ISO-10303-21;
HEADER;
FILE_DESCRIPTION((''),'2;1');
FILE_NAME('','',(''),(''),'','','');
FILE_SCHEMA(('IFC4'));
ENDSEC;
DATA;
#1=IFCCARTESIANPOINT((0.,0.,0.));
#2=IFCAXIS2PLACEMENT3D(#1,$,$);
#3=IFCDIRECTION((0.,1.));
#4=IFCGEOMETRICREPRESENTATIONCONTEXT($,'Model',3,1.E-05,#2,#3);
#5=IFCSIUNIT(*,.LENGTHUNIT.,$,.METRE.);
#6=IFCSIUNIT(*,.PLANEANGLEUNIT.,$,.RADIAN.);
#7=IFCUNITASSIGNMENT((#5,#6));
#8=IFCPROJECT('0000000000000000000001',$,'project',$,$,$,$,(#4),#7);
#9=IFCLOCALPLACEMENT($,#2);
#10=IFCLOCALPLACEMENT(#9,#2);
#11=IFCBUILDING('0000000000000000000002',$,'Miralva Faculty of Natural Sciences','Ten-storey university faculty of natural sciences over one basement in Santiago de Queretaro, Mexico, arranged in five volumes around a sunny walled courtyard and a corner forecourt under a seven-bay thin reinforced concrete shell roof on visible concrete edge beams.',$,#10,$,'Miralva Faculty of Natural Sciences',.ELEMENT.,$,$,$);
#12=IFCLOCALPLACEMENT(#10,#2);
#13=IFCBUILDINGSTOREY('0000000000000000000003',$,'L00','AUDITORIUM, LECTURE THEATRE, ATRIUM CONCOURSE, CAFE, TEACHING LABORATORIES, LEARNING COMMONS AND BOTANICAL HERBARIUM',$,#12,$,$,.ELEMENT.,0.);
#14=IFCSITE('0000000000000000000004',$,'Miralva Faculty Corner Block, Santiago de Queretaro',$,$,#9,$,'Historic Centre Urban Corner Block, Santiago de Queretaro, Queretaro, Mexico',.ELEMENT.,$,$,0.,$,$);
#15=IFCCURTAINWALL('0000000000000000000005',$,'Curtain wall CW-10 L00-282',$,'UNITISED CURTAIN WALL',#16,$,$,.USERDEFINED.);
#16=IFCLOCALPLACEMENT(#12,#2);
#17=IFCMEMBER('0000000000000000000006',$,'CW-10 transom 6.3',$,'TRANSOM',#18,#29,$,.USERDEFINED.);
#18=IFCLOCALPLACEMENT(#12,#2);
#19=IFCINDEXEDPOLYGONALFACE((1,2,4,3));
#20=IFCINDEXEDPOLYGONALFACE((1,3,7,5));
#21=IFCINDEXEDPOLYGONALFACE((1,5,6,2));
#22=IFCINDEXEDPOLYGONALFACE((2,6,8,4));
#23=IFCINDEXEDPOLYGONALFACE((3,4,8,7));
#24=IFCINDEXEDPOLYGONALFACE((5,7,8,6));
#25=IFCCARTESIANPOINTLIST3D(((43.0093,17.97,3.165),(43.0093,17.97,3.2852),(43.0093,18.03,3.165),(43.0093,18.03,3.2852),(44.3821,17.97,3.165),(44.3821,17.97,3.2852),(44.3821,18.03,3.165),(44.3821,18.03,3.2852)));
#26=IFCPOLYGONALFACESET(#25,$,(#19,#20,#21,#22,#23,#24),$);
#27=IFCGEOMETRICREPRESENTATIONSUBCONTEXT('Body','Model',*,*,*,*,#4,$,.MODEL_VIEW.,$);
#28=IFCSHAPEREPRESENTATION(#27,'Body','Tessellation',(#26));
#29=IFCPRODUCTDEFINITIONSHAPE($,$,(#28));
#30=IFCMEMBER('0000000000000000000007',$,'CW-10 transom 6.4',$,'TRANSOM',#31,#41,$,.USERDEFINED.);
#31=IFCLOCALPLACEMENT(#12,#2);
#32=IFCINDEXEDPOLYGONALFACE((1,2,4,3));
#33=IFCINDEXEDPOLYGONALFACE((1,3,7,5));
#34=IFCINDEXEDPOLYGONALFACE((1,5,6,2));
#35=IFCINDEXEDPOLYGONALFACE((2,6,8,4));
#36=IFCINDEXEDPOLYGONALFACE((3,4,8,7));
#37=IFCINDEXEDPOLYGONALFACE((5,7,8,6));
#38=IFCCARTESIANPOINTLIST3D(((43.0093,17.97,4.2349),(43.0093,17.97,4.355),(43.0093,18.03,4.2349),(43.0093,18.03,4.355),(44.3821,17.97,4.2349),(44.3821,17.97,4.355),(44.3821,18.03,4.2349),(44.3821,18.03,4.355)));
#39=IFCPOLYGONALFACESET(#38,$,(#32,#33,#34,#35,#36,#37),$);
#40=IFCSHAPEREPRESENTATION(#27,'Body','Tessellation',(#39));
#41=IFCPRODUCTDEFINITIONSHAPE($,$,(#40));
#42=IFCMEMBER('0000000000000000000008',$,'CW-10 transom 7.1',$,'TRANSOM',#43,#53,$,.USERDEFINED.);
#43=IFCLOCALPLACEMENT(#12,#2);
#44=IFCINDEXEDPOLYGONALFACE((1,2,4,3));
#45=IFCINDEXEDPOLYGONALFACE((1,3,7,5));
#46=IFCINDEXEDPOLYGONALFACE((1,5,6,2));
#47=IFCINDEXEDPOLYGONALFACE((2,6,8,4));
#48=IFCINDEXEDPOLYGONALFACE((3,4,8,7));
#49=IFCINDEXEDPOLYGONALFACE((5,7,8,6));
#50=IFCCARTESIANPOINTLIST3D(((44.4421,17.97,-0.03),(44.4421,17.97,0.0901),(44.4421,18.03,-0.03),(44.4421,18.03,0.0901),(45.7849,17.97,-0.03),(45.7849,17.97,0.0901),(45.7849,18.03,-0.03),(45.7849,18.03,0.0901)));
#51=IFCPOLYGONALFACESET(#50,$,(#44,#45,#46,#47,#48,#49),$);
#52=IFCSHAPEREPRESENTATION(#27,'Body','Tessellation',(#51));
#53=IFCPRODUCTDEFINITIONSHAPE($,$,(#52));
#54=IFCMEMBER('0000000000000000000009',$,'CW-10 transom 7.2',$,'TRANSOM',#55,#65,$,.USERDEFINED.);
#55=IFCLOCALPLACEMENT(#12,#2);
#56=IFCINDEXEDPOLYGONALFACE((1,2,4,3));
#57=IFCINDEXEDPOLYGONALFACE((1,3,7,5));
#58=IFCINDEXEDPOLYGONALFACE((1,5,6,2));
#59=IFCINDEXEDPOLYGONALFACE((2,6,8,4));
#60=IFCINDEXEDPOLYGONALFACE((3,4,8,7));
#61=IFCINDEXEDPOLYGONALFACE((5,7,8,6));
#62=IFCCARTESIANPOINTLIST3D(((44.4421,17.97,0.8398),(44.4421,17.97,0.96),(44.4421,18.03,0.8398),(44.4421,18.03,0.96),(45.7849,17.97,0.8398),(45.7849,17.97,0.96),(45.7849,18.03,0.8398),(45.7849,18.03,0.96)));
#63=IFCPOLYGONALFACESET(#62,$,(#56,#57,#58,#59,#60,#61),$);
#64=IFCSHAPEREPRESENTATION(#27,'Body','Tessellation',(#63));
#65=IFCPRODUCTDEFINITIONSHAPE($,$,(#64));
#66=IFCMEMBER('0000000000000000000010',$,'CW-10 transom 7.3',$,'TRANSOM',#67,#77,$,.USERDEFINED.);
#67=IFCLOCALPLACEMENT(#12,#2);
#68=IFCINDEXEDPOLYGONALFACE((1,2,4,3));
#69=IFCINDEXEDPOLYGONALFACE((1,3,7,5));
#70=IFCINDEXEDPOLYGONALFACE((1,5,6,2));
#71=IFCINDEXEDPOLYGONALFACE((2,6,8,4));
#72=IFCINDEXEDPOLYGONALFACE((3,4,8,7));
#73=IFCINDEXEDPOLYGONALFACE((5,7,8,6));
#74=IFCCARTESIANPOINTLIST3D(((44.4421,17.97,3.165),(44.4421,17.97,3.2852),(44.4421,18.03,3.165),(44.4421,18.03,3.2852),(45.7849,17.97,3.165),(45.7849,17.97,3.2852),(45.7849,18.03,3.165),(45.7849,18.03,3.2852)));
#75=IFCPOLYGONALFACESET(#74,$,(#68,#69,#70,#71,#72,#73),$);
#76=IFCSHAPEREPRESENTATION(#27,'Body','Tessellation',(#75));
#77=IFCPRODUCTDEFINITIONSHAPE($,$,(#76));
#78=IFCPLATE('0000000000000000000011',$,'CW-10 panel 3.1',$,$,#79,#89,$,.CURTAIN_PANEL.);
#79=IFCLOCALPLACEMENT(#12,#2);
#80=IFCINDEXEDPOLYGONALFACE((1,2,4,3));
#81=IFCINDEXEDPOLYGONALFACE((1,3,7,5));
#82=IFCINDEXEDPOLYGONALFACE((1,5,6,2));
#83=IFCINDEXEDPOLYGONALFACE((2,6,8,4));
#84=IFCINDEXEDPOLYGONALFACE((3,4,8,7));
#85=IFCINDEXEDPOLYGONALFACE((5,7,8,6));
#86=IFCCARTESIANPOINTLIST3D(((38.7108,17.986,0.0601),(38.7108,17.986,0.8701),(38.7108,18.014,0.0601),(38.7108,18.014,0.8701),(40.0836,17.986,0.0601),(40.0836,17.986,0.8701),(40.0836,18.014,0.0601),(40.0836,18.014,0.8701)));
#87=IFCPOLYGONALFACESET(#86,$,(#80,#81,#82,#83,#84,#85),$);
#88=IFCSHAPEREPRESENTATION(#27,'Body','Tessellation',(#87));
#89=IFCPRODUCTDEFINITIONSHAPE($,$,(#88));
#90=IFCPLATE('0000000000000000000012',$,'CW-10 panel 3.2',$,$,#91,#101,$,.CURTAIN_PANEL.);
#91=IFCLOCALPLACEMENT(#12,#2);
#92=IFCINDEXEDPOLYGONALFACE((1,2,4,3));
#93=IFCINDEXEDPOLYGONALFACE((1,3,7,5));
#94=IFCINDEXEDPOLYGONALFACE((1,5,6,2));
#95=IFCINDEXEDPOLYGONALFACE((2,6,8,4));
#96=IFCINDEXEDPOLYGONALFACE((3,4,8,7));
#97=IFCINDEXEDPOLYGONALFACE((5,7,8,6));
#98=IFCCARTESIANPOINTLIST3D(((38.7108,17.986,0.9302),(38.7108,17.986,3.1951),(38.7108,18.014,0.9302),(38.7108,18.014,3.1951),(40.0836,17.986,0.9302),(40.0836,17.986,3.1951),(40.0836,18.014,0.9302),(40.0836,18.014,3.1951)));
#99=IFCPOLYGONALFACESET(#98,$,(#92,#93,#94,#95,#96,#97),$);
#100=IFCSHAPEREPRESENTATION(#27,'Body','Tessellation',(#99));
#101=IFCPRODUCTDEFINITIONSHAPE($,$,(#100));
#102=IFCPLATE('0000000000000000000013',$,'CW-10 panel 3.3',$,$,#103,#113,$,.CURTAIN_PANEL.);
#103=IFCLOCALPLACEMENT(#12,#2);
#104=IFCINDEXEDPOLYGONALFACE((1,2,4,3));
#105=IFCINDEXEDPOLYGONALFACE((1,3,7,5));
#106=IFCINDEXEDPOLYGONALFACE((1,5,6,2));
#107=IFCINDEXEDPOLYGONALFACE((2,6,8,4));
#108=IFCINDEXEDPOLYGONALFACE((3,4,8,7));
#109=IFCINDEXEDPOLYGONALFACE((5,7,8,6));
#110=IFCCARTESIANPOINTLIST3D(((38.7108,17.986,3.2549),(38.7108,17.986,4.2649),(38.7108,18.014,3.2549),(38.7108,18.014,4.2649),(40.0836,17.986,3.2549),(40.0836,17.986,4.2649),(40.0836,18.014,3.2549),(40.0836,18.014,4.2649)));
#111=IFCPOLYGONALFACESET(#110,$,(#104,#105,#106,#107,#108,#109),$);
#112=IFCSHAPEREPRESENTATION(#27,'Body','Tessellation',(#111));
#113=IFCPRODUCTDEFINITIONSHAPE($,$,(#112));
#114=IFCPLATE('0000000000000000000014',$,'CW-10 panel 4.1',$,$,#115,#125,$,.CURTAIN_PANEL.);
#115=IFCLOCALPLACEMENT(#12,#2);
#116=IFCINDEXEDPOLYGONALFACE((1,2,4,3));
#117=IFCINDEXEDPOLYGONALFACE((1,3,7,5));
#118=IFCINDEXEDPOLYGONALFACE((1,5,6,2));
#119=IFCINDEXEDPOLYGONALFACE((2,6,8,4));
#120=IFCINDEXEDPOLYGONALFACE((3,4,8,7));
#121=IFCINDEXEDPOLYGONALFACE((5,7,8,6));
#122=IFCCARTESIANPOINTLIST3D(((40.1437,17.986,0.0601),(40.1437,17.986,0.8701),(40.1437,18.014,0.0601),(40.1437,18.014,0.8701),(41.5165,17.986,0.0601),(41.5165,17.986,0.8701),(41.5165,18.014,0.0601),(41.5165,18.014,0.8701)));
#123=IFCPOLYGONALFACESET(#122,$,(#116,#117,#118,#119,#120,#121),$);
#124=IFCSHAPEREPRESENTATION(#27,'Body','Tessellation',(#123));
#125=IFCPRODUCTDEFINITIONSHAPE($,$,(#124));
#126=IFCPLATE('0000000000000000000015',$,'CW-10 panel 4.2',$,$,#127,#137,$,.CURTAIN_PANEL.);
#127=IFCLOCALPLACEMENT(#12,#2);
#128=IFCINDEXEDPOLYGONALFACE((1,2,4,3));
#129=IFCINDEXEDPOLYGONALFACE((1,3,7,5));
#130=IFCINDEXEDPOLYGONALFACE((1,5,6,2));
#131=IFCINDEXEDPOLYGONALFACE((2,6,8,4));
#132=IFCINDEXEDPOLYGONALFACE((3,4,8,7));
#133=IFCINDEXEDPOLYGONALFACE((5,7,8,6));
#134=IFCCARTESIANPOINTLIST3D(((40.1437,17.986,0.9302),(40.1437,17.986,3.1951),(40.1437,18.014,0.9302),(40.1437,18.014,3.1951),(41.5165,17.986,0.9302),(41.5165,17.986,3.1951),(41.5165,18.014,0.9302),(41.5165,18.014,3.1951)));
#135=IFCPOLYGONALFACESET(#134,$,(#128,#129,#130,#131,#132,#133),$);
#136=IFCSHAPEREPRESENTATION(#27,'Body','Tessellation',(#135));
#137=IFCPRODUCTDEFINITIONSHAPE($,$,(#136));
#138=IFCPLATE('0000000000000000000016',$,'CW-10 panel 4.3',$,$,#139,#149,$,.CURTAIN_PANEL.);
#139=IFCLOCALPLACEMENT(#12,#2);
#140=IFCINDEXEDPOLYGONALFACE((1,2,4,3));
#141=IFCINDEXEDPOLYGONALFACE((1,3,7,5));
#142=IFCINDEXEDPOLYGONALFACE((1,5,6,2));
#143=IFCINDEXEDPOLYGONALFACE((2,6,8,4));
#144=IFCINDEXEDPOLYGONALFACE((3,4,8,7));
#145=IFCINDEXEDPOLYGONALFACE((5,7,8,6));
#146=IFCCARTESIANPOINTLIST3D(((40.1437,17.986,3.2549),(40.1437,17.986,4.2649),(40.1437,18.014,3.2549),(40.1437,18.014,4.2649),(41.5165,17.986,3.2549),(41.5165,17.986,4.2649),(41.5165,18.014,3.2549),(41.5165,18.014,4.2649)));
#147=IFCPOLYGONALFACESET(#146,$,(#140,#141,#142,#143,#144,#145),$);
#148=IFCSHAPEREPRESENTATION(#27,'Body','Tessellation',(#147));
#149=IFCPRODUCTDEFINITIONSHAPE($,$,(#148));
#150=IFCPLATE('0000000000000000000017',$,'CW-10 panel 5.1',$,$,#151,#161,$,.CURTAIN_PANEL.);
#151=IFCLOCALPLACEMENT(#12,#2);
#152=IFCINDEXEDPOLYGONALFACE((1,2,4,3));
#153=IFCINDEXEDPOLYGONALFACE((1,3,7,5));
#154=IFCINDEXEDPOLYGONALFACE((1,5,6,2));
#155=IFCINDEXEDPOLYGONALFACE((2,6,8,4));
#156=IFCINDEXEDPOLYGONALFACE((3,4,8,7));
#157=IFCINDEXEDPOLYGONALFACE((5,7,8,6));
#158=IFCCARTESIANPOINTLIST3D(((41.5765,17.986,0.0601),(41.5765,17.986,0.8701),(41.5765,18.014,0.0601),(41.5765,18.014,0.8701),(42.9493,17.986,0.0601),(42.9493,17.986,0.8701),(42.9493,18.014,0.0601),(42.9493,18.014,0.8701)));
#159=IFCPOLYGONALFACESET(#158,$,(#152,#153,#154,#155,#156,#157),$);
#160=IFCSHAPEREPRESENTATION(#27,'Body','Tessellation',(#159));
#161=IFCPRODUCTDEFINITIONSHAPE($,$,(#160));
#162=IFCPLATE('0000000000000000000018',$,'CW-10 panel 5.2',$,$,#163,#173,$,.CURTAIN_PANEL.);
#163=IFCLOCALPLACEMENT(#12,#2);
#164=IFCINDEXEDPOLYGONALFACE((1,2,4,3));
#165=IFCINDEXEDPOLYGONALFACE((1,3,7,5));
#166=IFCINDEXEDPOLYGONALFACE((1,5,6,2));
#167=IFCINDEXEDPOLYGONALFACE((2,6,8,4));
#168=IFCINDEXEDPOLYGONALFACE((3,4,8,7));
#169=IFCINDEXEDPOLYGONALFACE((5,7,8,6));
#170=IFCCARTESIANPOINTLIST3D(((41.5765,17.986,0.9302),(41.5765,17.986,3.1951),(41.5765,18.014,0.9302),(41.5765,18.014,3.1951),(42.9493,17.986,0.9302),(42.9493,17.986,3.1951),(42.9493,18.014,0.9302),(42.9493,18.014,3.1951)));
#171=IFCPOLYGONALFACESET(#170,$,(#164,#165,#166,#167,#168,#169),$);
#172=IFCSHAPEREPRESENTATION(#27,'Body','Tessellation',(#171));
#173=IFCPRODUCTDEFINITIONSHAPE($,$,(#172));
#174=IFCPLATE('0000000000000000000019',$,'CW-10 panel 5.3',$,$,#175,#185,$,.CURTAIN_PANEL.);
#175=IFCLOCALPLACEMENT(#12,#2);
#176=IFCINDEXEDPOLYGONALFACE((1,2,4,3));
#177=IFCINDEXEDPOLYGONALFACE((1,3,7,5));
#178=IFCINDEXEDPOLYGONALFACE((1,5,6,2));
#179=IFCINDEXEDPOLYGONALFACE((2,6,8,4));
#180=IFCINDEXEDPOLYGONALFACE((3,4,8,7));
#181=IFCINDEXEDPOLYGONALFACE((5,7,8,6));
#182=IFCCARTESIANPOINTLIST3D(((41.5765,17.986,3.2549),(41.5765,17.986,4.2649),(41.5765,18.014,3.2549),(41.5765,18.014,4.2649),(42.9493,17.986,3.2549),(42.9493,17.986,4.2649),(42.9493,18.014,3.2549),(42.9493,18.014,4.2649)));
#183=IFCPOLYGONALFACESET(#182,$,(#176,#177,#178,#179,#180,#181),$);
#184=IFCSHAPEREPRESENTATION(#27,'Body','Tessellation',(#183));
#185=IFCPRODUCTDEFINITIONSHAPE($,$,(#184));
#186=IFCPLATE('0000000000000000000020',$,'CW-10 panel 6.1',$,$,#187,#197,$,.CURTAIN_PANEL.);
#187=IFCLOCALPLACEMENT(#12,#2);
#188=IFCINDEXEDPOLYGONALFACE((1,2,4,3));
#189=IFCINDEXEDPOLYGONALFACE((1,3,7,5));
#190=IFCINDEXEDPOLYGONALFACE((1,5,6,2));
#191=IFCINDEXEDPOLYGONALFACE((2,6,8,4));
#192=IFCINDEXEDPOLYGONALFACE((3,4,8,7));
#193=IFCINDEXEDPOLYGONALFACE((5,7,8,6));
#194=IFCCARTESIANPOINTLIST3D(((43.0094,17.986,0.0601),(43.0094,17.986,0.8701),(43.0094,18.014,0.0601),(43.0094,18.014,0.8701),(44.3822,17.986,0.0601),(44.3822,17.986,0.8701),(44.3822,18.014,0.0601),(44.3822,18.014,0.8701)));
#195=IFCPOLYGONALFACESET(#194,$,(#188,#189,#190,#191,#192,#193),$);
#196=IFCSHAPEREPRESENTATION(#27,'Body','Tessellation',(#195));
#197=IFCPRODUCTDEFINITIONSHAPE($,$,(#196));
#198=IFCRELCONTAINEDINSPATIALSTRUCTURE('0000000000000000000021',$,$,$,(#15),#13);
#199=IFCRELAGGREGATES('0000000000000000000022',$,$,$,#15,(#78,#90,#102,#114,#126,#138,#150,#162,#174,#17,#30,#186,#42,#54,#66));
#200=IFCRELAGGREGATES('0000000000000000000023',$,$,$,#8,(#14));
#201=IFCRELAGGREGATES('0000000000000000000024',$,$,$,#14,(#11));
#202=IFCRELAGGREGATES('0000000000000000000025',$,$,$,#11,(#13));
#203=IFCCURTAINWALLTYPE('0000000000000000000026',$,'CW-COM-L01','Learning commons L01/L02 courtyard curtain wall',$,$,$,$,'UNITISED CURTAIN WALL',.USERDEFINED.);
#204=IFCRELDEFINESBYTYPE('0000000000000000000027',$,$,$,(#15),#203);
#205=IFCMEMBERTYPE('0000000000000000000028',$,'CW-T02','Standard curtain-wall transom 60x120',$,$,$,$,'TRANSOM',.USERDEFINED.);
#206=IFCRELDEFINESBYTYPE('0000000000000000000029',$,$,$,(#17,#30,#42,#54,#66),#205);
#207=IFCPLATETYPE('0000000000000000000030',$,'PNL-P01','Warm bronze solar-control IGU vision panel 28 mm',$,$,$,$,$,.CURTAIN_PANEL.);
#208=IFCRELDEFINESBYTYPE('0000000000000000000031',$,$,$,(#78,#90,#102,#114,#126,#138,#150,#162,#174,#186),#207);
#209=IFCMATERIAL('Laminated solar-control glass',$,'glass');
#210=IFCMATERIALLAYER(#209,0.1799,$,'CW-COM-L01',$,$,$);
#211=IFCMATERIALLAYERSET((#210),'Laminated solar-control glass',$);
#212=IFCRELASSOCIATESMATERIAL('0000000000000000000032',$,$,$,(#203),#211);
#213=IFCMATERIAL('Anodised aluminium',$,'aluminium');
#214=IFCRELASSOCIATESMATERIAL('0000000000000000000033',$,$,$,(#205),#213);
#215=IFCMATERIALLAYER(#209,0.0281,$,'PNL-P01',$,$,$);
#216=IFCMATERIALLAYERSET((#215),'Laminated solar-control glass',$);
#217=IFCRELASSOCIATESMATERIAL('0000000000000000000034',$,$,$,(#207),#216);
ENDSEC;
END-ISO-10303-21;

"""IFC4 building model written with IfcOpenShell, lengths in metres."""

from ifc_helpers import new_model, si_unit, direction, frame, origin, origin_2d, place, context, subcontext, project, spatial, rectangle, extrude, material, layer, layer_set, material_profile, profile_set, type_object, element, aggregate, save


model = new_model("IFC4")

# Units and contexts
model_context = context("Model", 3, precision=1e-05, world=origin(), true_north=direction((0.0, 1.0)))
body_context = subcontext(model_context, "Body", "Model", "MODEL_VIEW")
ifc_project = project(units=[si_unit("LENGTHUNIT", "METRE"), si_unit("PLANEANGLEUNIT", "RADIAN")], contexts=[model_context])

# Site, building, storey
site_placement = place(None, origin())
site = spatial("IfcSite", under=ifc_project, at=site_placement, Name="Miralva Faculty Corner Block, Santiago de Queretaro", LongName="Historic Centre Urban Corner Block, Santiago de Queretaro, Queretaro, Mexico", CompositionType="ELEMENT", RefElevation=0.0)
building_placement = place(site_placement, origin())
building = spatial("IfcBuilding", under=site, at=building_placement, Name="Miralva Faculty of Natural Sciences", Description="Ten-storey university faculty of natural sciences over one basement in Santiago de Queretaro, Mexico, arranged in five volumes around a sunny walled courtyard and a corner forecourt under a seven-bay thin reinforced concrete shell roof on visible concrete edge beams.", LongName="Miralva Faculty of Natural Sciences", CompositionType="ELEMENT")
storey_placement = place(building_placement, origin())
storey = spatial("IfcBuildingStorey", under=building, at=storey_placement, Name="L00", Description="AUDITORIUM, LECTURE THEATRE, ATRIUM CONCOURSE, CAFE, TEACHING LABORATORIES, LEARNING COMMONS AND BOTANICAL HERBARIUM", CompositionType="ELEMENT", Elevation=0.0)

# Curtain wall, members, plates
ifc_material_1 = material(Name="Laminated solar-control glass", Category="glass")
ifc_layer_1 = layer(ifc_material_1, 0.1799, Name="CW-COM-L01")
ifc_layer_set_1 = layer_set([ifc_layer_1], Name="Laminated solar-control glass")
curtain_wall_type = type_object("IfcCurtainWallType", Name="CW-COM-L01", Description="Learning commons L01/L02 courtyard curtain wall", ElementType="UNITISED CURTAIN WALL", PredefinedType="USERDEFINED", material=ifc_layer_set_1)
curtain_wall_placement = place(storey_placement, origin())
curtain_wall = element("IfcCurtainWall", 1, at=curtain_wall_placement, inside=storey, type_object=curtain_wall_type, Name="Curtain wall CW-10 L00-282", ObjectType="UNITISED CURTAIN WALL", PredefinedType="USERDEFINED")
ifc_material_2 = material(Name="Anodised aluminium", Category="aluminium")
ifc_material_profile_1 = material_profile(ifc_material_2, rectangle(XDim=0.0601, YDim=0.1201, at=origin_2d()), Name="TRANSOM 60x120")
ifc_profile_set_1 = profile_set([ifc_material_profile_1], Name="Anodised aluminium")
member_type_1 = type_object("IfcMemberType", Name="CW-T02", Description="Standard curtain-wall transom 60x120", ElementType="TRANSOM", PredefinedType="USERDEFINED", material=ifc_profile_set_1)
member_1_placement = place(storey_placement, frame((43.0093, 18.0, 3.2251), z_axis=(1.0, 0.0, 0.0), x_axis=(0.0, 1.0, 0.0)))
member_1 = element("IfcMember", 2, at=member_1_placement, type_object=member_type_1, Name="CW-10 transom 6.3", ObjectType="TRANSOM", PredefinedType="USERDEFINED", context=body_context, shape_type="SweptSolid", body=[
    extrude(rectangle(XDim=0.0601, YDim=0.1201, at=origin_2d()), origin(), (0.0, 0.0, 1.0), 1.3728),
])
member_2_placement = place(storey_placement, frame((43.0093, 18.0, 4.2949), z_axis=(1.0, 0.0, 0.0), x_axis=(0.0, 1.0, 0.0)))
member_2 = element("IfcMember", 3, at=member_2_placement, type_object=member_type_1, Name="CW-10 transom 6.4", ObjectType="TRANSOM", PredefinedType="USERDEFINED", context=body_context, shape_type="SweptSolid", body=[
    extrude(rectangle(XDim=0.0601, YDim=0.1201, at=origin_2d()), origin(), (0.0, 0.0, 1.0), 1.3728),
])
member_3_placement = place(storey_placement, frame((44.4421, 18.0, 0.03), z_axis=(1.0, 0.0, 0.0), x_axis=(0.0, 1.0, 0.0)))
member_3 = element("IfcMember", 4, at=member_3_placement, type_object=member_type_1, Name="CW-10 transom 7.1", ObjectType="TRANSOM", PredefinedType="USERDEFINED", context=body_context, shape_type="SweptSolid", body=[
    extrude(rectangle(XDim=0.0601, YDim=0.1201, at=origin_2d()), origin(), (0.0, 0.0, 1.0), 1.3428),
])
member_4_placement = place(storey_placement, frame((44.4421, 18.0, 0.8999), z_axis=(1.0, 0.0, 0.0), x_axis=(0.0, 1.0, 0.0)))
member_4 = element("IfcMember", 5, at=member_4_placement, type_object=member_type_1, Name="CW-10 transom 7.2", ObjectType="TRANSOM", PredefinedType="USERDEFINED", context=body_context, shape_type="SweptSolid", body=[
    extrude(rectangle(XDim=0.0601, YDim=0.1201, at=origin_2d()), origin(), (0.0, 0.0, 1.0), 1.3428),
])
member_5_placement = place(storey_placement, frame((44.4421, 18.0, 3.2251), z_axis=(1.0, 0.0, 0.0), x_axis=(0.0, 1.0, 0.0)))
member_5 = element("IfcMember", 6, at=member_5_placement, type_object=member_type_1, Name="CW-10 transom 7.3", ObjectType="TRANSOM", PredefinedType="USERDEFINED", context=body_context, shape_type="SweptSolid", body=[
    extrude(rectangle(XDim=0.0601, YDim=0.1201, at=origin_2d()), origin(), (0.0, 0.0, 1.0), 1.3428),
])
ifc_layer_2 = layer(ifc_material_1, 0.0281, Name="PNL-P01")
ifc_layer_set_2 = layer_set([ifc_layer_2], Name="Laminated solar-control glass")
plate_type = type_object("IfcPlateType", Name="PNL-P01", Description="Warm bronze solar-control IGU vision panel 28 mm", PredefinedType="CURTAIN_PANEL", material=ifc_layer_set_2)
plate_1_placement = place(storey_placement, frame((39.3972, 18.0, 0.0601), z_axis=(0.0, 0.0, 1.0), x_axis=(1.0, 0.0, 0.0)))
plate_1 = element("IfcPlate", 7, at=plate_1_placement, type_object=plate_type, Name="CW-10 panel 3.1", PredefinedType="CURTAIN_PANEL", context=body_context, shape_type="SweptSolid", body=[
    extrude(rectangle(XDim=1.3728, YDim=0.0281, at=origin_2d()), origin(), (0.0, 0.0, 1.0), 0.8101),
])
plate_2_placement = place(storey_placement, frame((39.3972, 18.0, 0.9302), z_axis=(0.0, 0.0, 1.0), x_axis=(1.0, 0.0, 0.0)))
plate_2 = element("IfcPlate", 8, at=plate_2_placement, type_object=plate_type, Name="CW-10 panel 3.2", PredefinedType="CURTAIN_PANEL", context=body_context, shape_type="SweptSolid", body=[
    extrude(rectangle(XDim=1.3728, YDim=0.0281, at=origin_2d()), origin(), (0.0, 0.0, 1.0), 2.2649),
])
plate_3_placement = place(storey_placement, frame((39.3972, 18.0, 3.2549), z_axis=(0.0, 0.0, 1.0), x_axis=(1.0, 0.0, 0.0)))
plate_3 = element("IfcPlate", 9, at=plate_3_placement, type_object=plate_type, Name="CW-10 panel 3.3", PredefinedType="CURTAIN_PANEL", context=body_context, shape_type="SweptSolid", body=[
    extrude(rectangle(XDim=1.3728, YDim=0.0281, at=origin_2d()), origin(), (0.0, 0.0, 1.0), 1.01),
])
plate_4_placement = place(storey_placement, frame((40.8301, 18.0, 0.0601), z_axis=(0.0, 0.0, 1.0), x_axis=(1.0, 0.0, 0.0)))
plate_4 = element("IfcPlate", 10, at=plate_4_placement, type_object=plate_type, Name="CW-10 panel 4.1", PredefinedType="CURTAIN_PANEL", context=body_context, shape_type="SweptSolid", body=[
    extrude(rectangle(XDim=1.3728, YDim=0.0281, at=origin_2d()), origin(), (0.0, 0.0, 1.0), 0.8101),
])
plate_5_placement = place(storey_placement, frame((40.8301, 18.0, 0.9302), z_axis=(0.0, 0.0, 1.0), x_axis=(1.0, 0.0, 0.0)))
plate_5 = element("IfcPlate", 11, at=plate_5_placement, type_object=plate_type, Name="CW-10 panel 4.2", PredefinedType="CURTAIN_PANEL", context=body_context, shape_type="SweptSolid", body=[
    extrude(rectangle(XDim=1.3728, YDim=0.0281, at=origin_2d()), origin(), (0.0, 0.0, 1.0), 2.2649),
])
plate_6_placement = place(storey_placement, frame((40.8301, 18.0, 3.2549), z_axis=(0.0, 0.0, 1.0), x_axis=(1.0, 0.0, 0.0)))
plate_6 = element("IfcPlate", 12, at=plate_6_placement, type_object=plate_type, Name="CW-10 panel 4.3", PredefinedType="CURTAIN_PANEL", context=body_context, shape_type="SweptSolid", body=[
    extrude(rectangle(XDim=1.3728, YDim=0.0281, at=origin_2d()), origin(), (0.0, 0.0, 1.0), 1.01),
])
plate_7_placement = place(storey_placement, frame((42.2629, 18.0, 0.0601), z_axis=(0.0, 0.0, 1.0), x_axis=(1.0, 0.0, 0.0)))
plate_7 = element("IfcPlate", 13, at=plate_7_placement, type_object=plate_type, Name="CW-10 panel 5.1", PredefinedType="CURTAIN_PANEL", context=body_context, shape_type="SweptSolid", body=[
    extrude(rectangle(XDim=1.3728, YDim=0.0281, at=origin_2d()), origin(), (0.0, 0.0, 1.0), 0.8101),
])
plate_8_placement = place(storey_placement, frame((42.2629, 18.0, 0.9302), z_axis=(0.0, 0.0, 1.0), x_axis=(1.0, 0.0, 0.0)))
plate_8 = element("IfcPlate", 14, at=plate_8_placement, type_object=plate_type, Name="CW-10 panel 5.2", PredefinedType="CURTAIN_PANEL", context=body_context, shape_type="SweptSolid", body=[
    extrude(rectangle(XDim=1.3728, YDim=0.0281, at=origin_2d()), origin(), (0.0, 0.0, 1.0), 2.2649),
])
plate_9_placement = place(storey_placement, frame((42.2629, 18.0, 3.2549), z_axis=(0.0, 0.0, 1.0), x_axis=(1.0, 0.0, 0.0)))
plate_9 = element("IfcPlate", 15, at=plate_9_placement, type_object=plate_type, Name="CW-10 panel 5.3", PredefinedType="CURTAIN_PANEL", context=body_context, shape_type="SweptSolid", body=[
    extrude(rectangle(XDim=1.3728, YDim=0.0281, at=origin_2d()), origin(), (0.0, 0.0, 1.0), 1.01),
])
plate_10_placement = place(storey_placement, frame((43.6958, 18.0, 0.0601), z_axis=(0.0, 0.0, 1.0), x_axis=(1.0, 0.0, 0.0)))
plate_10 = element("IfcPlate", 16, at=plate_10_placement, type_object=plate_type, Name="CW-10 panel 6.1", PredefinedType="CURTAIN_PANEL", context=body_context, shape_type="SweptSolid", body=[
    extrude(rectangle(XDim=1.3728, YDim=0.0281, at=origin_2d()), origin(), (0.0, 0.0, 1.0), 0.8101),
])
aggregate(curtain_wall, [plate_1, plate_2, plate_3, plate_4, plate_5, plate_6, plate_7, plate_8, plate_9, member_1, member_2, plate_10, member_3, member_4, member_5])

save(model, "model.ifc")
